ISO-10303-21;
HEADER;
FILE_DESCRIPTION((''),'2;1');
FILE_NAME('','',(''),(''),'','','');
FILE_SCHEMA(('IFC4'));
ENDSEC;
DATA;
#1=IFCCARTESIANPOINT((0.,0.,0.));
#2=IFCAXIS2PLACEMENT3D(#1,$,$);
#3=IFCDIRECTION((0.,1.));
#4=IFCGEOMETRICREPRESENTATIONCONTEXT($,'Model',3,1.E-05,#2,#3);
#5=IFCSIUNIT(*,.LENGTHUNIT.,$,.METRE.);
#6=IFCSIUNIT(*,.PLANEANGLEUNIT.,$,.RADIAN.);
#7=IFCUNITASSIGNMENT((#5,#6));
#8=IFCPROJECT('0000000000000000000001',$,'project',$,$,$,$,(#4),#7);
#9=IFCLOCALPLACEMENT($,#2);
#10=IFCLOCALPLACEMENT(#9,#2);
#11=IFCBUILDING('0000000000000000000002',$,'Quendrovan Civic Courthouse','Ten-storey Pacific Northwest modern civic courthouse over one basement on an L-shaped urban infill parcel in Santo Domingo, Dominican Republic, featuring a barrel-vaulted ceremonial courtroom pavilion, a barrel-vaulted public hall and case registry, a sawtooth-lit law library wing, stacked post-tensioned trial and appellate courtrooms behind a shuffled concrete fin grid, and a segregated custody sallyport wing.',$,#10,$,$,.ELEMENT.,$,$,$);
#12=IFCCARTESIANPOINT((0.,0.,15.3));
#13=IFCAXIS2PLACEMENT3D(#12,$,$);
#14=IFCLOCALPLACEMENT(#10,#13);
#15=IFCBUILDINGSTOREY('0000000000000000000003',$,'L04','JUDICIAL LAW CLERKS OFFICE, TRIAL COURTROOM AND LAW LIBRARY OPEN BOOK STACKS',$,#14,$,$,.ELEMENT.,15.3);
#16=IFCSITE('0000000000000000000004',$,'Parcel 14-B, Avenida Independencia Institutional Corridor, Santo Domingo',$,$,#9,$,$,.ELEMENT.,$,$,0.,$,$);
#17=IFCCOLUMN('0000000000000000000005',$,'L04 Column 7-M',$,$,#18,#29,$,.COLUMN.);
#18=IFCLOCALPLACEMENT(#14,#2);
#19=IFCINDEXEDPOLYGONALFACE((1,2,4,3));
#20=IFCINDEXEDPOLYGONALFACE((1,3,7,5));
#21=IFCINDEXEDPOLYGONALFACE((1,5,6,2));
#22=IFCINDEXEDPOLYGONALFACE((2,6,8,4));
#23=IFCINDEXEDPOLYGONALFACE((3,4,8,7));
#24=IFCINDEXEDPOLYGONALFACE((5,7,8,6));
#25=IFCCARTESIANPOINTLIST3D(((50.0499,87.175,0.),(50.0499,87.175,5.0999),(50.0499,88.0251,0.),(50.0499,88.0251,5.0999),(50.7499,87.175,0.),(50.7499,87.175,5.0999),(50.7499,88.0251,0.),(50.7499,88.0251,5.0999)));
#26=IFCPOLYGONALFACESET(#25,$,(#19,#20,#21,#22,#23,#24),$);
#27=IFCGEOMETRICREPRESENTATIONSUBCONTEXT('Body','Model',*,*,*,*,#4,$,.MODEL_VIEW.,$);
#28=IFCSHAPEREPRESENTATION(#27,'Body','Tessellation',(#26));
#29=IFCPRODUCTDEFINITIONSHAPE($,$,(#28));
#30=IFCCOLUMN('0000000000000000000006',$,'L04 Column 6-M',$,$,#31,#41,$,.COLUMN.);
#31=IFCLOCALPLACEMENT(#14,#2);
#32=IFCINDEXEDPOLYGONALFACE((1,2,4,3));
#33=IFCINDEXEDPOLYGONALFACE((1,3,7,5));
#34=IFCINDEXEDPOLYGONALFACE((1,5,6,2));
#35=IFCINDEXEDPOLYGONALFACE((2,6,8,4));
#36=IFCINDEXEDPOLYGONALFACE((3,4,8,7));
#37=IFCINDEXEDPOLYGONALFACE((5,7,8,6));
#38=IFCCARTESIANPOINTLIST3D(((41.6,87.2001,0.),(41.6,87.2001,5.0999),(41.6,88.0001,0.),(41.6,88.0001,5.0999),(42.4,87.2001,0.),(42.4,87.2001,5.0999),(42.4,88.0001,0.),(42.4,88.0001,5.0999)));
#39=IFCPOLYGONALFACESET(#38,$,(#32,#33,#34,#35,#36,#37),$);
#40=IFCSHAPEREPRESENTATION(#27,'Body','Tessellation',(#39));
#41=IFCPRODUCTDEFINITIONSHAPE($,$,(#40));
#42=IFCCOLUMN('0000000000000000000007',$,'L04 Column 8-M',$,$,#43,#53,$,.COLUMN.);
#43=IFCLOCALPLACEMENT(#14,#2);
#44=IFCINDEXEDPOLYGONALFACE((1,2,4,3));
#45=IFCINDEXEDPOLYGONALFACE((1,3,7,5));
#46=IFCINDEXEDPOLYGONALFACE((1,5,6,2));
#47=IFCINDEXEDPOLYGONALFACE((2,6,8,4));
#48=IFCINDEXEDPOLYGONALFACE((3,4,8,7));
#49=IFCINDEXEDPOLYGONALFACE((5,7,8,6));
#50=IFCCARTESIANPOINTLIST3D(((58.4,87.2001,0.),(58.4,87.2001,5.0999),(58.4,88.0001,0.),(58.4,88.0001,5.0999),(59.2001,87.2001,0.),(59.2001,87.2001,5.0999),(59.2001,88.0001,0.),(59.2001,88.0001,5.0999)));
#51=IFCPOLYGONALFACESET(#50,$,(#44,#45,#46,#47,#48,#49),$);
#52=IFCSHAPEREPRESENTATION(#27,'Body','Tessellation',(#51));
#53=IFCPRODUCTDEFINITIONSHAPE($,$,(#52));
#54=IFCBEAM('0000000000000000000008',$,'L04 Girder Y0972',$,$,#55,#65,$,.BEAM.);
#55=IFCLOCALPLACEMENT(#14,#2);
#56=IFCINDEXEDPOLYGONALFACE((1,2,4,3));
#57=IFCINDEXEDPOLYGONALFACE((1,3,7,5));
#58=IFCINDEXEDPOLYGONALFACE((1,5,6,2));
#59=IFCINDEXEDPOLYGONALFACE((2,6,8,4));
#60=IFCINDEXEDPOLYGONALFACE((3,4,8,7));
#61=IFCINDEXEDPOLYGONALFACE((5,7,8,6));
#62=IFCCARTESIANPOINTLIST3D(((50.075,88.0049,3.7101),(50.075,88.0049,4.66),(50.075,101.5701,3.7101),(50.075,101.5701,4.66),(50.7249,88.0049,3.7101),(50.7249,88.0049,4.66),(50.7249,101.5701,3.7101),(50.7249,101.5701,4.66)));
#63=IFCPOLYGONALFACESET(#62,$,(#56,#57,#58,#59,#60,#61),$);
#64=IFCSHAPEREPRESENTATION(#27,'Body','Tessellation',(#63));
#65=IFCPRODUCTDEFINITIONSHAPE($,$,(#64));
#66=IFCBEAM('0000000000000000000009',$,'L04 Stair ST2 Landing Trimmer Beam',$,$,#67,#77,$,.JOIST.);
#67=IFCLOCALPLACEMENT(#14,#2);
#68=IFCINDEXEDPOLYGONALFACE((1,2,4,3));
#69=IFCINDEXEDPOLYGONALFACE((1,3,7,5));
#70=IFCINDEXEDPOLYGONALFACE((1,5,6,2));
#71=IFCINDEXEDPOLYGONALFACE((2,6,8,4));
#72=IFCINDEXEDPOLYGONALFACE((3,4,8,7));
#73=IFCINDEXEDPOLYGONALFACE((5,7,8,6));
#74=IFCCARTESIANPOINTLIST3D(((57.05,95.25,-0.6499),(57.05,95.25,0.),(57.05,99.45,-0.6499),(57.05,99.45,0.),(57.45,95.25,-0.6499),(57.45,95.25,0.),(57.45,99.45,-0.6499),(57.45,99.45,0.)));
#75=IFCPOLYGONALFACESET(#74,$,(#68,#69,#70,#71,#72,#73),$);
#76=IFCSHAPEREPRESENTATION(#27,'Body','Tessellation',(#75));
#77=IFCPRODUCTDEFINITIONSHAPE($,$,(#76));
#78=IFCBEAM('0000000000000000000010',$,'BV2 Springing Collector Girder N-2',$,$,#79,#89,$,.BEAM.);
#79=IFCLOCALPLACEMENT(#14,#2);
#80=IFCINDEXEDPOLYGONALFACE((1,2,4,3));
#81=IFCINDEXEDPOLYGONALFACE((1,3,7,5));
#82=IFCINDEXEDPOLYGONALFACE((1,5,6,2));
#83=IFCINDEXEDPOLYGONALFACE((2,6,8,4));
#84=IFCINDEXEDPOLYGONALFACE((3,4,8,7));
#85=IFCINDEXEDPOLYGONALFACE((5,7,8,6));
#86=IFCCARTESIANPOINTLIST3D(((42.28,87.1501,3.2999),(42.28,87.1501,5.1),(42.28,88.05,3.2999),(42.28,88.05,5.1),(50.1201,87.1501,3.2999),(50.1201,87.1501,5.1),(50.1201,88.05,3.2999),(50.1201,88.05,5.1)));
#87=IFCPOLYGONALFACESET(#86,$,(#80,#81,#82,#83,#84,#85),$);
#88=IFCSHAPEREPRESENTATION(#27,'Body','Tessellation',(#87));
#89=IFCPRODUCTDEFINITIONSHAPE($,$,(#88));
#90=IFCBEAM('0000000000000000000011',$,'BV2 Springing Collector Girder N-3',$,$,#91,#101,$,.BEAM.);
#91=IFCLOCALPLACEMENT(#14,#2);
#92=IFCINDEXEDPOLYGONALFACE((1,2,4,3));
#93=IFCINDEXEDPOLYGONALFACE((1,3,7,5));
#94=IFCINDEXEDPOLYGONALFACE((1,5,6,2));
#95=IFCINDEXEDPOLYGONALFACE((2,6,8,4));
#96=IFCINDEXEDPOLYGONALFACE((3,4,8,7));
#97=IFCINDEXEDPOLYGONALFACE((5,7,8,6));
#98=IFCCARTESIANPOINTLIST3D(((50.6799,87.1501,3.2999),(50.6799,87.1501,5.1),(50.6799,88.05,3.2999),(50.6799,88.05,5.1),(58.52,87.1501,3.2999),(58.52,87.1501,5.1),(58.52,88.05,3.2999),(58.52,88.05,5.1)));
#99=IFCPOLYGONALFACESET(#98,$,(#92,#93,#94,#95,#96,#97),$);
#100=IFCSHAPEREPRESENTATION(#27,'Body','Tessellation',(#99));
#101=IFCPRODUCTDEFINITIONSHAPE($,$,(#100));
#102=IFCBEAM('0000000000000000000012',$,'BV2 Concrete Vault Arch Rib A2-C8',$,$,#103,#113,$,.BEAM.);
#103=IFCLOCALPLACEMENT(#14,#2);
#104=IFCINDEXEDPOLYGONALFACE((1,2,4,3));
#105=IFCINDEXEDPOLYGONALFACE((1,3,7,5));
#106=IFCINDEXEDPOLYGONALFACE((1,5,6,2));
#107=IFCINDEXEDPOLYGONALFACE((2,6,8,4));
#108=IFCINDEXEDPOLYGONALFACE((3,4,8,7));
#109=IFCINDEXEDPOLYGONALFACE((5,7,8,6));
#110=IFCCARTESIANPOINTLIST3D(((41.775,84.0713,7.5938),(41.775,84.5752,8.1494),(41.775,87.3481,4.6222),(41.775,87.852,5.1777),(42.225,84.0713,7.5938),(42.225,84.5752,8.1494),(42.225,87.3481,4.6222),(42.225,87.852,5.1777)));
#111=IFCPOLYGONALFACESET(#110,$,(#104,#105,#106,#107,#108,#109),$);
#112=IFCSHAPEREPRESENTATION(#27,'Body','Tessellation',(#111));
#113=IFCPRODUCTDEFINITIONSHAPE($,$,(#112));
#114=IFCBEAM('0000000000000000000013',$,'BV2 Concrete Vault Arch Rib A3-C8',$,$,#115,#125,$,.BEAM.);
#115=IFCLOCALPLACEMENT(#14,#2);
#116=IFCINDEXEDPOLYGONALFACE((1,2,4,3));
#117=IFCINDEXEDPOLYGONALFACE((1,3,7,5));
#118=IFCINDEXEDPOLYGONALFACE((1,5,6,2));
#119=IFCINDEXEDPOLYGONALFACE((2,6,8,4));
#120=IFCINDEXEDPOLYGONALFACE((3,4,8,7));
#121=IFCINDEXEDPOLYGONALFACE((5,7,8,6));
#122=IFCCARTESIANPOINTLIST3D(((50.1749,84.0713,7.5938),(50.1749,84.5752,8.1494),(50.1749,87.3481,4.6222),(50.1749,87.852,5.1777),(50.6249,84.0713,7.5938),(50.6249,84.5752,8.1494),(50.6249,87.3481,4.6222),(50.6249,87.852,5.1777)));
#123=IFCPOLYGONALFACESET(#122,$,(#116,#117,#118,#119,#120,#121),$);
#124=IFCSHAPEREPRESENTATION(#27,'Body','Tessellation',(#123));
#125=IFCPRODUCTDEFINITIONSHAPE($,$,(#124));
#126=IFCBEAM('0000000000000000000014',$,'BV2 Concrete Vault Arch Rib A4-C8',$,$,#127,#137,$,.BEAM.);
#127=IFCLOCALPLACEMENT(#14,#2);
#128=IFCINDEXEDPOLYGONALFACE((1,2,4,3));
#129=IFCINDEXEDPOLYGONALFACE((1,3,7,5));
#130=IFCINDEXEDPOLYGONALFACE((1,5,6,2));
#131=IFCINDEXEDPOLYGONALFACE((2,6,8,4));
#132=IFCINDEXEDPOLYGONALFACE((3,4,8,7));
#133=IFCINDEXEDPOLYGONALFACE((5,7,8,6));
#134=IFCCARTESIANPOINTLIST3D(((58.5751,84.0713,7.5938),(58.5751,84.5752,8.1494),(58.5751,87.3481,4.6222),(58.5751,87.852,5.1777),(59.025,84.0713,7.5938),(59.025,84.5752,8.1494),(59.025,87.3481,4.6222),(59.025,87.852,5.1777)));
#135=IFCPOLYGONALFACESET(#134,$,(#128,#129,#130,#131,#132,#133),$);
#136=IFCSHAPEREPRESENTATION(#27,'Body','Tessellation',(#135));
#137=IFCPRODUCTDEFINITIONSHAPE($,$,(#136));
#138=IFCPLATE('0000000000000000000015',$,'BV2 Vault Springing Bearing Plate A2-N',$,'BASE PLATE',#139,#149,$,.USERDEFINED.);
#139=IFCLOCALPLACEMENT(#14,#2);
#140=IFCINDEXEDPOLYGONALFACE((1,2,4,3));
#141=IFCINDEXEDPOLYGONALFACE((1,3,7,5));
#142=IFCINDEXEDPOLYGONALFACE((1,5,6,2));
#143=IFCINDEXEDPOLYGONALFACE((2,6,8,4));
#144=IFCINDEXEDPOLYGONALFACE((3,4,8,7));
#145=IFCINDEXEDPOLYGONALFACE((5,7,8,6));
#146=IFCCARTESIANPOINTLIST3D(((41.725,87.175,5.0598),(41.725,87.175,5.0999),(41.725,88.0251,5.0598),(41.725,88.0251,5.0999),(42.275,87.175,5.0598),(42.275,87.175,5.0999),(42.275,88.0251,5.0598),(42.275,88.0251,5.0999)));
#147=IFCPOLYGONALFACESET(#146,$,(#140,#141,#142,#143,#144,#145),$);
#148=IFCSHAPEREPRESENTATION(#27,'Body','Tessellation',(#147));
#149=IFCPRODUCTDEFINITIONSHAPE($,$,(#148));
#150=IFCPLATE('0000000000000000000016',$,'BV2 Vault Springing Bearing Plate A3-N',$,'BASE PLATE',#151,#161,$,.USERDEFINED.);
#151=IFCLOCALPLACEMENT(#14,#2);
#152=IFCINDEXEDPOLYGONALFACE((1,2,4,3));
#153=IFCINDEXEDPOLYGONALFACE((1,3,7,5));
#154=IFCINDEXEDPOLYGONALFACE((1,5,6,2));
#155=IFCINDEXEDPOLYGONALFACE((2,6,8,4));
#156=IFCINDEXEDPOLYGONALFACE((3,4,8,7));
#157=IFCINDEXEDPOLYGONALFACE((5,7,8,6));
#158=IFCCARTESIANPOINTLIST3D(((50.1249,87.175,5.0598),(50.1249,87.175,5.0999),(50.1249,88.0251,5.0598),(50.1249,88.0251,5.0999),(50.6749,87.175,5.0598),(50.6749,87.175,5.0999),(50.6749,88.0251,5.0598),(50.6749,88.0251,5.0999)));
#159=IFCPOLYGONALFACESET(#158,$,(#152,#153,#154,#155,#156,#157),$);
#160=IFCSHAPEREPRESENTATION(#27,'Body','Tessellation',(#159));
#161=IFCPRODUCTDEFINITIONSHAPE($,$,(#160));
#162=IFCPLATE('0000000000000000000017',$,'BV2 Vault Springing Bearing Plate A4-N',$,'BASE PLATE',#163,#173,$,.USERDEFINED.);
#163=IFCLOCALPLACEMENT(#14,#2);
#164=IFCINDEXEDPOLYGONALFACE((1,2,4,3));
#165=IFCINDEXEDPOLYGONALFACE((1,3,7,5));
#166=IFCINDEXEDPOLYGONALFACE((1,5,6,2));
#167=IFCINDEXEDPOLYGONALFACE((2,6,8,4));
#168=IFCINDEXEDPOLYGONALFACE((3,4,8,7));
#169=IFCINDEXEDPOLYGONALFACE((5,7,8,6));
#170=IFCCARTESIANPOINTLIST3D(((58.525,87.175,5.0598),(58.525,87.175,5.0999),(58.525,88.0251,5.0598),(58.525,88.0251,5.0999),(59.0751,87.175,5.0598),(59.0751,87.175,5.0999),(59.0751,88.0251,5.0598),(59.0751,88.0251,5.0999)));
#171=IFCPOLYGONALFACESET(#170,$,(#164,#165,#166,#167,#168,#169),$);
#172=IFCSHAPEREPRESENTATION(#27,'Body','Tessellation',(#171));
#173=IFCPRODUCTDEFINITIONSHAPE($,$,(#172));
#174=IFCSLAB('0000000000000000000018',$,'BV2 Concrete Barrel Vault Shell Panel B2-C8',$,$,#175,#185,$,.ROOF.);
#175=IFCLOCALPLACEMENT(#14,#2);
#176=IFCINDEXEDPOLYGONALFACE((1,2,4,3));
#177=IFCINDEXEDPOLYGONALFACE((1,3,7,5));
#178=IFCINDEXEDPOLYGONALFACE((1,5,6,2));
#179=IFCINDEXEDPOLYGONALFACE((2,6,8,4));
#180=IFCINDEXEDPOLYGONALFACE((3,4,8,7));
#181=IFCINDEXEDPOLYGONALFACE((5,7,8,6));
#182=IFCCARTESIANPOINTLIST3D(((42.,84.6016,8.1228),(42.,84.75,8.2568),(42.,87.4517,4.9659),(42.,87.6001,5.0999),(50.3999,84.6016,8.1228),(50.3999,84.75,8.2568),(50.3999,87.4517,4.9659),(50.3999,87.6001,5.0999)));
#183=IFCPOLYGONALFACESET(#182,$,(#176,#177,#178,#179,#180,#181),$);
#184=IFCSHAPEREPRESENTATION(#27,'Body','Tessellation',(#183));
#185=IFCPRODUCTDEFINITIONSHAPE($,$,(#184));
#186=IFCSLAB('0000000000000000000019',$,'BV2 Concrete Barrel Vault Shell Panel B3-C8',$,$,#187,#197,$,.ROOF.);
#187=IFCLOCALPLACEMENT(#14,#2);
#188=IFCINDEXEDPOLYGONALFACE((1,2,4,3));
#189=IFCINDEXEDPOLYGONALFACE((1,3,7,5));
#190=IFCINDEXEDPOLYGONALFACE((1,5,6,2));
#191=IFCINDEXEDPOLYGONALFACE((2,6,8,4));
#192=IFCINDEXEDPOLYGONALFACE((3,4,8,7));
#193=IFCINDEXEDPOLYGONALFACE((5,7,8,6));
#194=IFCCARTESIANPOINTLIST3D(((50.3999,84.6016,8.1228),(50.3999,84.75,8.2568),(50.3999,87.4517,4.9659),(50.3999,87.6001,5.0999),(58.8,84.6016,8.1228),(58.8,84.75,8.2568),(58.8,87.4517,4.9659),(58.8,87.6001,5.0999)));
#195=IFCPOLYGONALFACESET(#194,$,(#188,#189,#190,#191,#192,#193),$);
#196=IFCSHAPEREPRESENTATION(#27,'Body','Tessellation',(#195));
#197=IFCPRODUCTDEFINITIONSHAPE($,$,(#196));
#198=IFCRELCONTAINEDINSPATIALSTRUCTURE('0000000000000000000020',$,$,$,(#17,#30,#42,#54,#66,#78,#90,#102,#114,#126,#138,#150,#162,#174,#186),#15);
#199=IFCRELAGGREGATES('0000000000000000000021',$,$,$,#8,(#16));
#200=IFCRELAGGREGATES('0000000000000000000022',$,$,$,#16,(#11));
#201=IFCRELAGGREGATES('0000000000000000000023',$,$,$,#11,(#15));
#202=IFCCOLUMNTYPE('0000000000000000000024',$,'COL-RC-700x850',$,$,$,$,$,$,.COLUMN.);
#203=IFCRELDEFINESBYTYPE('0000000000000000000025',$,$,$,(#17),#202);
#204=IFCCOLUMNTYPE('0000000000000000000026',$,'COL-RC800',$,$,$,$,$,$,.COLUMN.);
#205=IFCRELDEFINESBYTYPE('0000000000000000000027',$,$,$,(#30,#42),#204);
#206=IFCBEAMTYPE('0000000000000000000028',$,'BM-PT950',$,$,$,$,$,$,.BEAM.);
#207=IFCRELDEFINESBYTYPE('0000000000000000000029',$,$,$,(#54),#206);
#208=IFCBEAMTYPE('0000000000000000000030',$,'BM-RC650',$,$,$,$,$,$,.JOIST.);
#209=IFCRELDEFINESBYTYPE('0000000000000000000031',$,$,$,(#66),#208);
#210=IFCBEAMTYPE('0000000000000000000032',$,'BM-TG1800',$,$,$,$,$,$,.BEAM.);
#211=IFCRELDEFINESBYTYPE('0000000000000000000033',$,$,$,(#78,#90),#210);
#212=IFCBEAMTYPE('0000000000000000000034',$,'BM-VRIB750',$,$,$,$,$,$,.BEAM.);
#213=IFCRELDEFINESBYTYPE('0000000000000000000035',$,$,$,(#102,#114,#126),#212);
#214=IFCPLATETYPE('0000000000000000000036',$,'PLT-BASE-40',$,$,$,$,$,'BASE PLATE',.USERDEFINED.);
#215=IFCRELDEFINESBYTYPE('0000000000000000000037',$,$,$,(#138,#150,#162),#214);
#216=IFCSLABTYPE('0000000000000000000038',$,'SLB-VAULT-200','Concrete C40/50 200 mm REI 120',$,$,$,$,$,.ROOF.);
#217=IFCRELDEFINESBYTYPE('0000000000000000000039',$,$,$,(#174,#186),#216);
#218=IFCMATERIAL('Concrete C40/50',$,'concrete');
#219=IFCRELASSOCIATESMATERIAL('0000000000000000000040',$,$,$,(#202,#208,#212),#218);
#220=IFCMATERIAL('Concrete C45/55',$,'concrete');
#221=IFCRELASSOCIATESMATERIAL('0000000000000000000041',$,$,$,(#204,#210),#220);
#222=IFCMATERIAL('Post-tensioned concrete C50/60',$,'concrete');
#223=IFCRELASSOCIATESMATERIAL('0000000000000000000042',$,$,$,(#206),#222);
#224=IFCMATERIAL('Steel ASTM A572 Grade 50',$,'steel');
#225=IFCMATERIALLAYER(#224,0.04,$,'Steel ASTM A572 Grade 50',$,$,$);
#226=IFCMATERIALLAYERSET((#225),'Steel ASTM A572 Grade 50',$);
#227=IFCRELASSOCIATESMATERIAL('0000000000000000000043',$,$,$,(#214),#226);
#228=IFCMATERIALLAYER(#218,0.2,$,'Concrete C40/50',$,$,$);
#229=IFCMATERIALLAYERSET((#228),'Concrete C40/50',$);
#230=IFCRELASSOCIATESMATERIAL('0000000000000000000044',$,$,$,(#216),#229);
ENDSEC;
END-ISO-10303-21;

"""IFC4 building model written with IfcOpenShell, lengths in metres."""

from ifc_helpers import new_model, si_unit, direction, frame, origin, origin_2d, place, context, subcontext, project, spatial, polyline, rectangle, outline, extrude, material, layer, layer_set, material_profile, profile_set, type_object, element, save


model = new_model("IFC4")

# Units and contexts
model_context = context("Model", 3, precision=1e-05, world=origin(), true_north=direction((0.0, 1.0)))
body_context = subcontext(model_context, "Body", "Model", "MODEL_VIEW")
ifc_project = project(units=[si_unit("LENGTHUNIT", "METRE"), si_unit("PLANEANGLEUNIT", "RADIAN")], contexts=[model_context])

# Site, building, storey
site_placement = place(None, origin())
site = spatial("IfcSite", under=ifc_project, at=site_placement, Name="Parcel 14-B, Avenida Independencia Institutional Corridor, Santo Domingo", CompositionType="ELEMENT", RefElevation=0.0)
building_placement = place(site_placement, origin())
building = spatial("IfcBuilding", under=site, at=building_placement, Name="Quendrovan Civic Courthouse", Description="Ten-storey Pacific Northwest modern civic courthouse over one basement on an L-shaped urban infill parcel in Santo Domingo, Dominican Republic, featuring a barrel-vaulted ceremonial courtroom pavilion, a barrel-vaulted public hall and case registry, a sawtooth-lit law library wing, stacked post-tensioned trial and appellate courtrooms behind a shuffled concrete fin grid, and a segregated custody sallyport wing.", CompositionType="ELEMENT")
storey_placement = place(building_placement, frame((0.0, 0.0, 15.3)))
storey = spatial("IfcBuildingStorey", under=building, at=storey_placement, Name="L04", Description="JUDICIAL LAW CLERKS OFFICE, TRIAL COURTROOM AND LAW LIBRARY OPEN BOOK STACKS", CompositionType="ELEMENT", Elevation=15.3)

# Columns
ifc_material_1 = material(Name="Concrete C40/50", Category="concrete")
ifc_material_profile_1 = material_profile(ifc_material_1, rectangle(XDim=0.7, YDim=0.8501, at=origin_2d()), Name="RC-COL-700x850")
ifc_profile_set_1 = profile_set([ifc_material_profile_1], Name="Concrete C40/50")
column_type_1 = type_object("IfcColumnType", Name="COL-RC-700x850", PredefinedType="COLUMN", material=ifc_profile_set_1)
column_placement = place(storey_placement, frame((50.3999, 87.6001, 0.0), z_axis=(0.0, 0.0, 1.0), x_axis=(1.0, 0.0, 0.0)))
element("IfcColumn", 1, at=column_placement, inside=storey, type_object=column_type_1, Name="L04 Column 7-M", PredefinedType="COLUMN", context=body_context, shape_type="SweptSolid", body=[
    extrude(rectangle(XDim=0.7, YDim=0.8501, at=origin_2d()), origin(), (0.0, 0.0, 1.0), 5.0999),
])
ifc_material_2 = material(Name="Concrete C45/55", Category="concrete")
ifc_material_profile_2 = material_profile(ifc_material_2, rectangle(XDim=0.8, YDim=0.8, at=origin_2d()), Name="RC-COL-800x800")
ifc_profile_set_2 = profile_set([ifc_material_profile_2], Name="Concrete C45/55")
column_type_2 = type_object("IfcColumnType", Name="COL-RC800", PredefinedType="COLUMN", material=ifc_profile_set_2)
for number, where, z_axis, x_axis, name in (
    (2, (42.0, 87.6001, 0.0), (0.0, 0.0, 1.0), (1.0, 0.0, 0.0), "L04 Column 6-M"),
    (3, (58.8, 87.6001, 0.0), (0.0, 0.0, 1.0), (1.0, 0.0, 0.0), "L04 Column 8-M"),
):
    element("IfcColumn", number, at=place(storey_placement, frame(where, z_axis=z_axis, x_axis=x_axis)), inside=storey, type_object=column_type_2, Name=name, PredefinedType="COLUMN", context=body_context, shape_type="SweptSolid", body=[
        extrude(rectangle(XDim=0.8, YDim=0.8, at=origin_2d()), origin(), (0.0, 0.0, 1.0), 5.0999),
    ])

# Beams
ifc_material_3 = material(Name="Post-tensioned concrete C50/60", Category="concrete")
ifc_material_profile_3 = material_profile(ifc_material_3, rectangle(XDim=0.6499, YDim=0.95, at=origin_2d()), Name="PT-GIRD-650x950")
ifc_profile_set_3 = profile_set([ifc_material_profile_3], Name="Post-tensioned concrete C50/60")
beam_type_1 = type_object("IfcBeamType", Name="BM-PT950", PredefinedType="BEAM", material=ifc_profile_set_3)
beam_1_placement = place(storey_placement, frame((50.3999, 88.0049, 4.1851), z_axis=(0.0, 1.0, 0.0), x_axis=(-1.0, 0.0, 0.0)))
element("IfcBeam", 4, at=beam_1_placement, inside=storey, type_object=beam_type_1, Name="L04 Girder Y0972", PredefinedType="BEAM", context=body_context, shape_type="SweptSolid", body=[
    extrude(rectangle(XDim=0.6499, YDim=0.95, at=origin_2d()), origin(), (0.0, 0.0, 1.0), 13.5652),
])
ifc_material_profile_4 = material_profile(ifc_material_1, rectangle(XDim=0.3999, YDim=0.6499, at=origin_2d()), Name="RC-BM-400x650")
ifc_profile_set_4 = profile_set([ifc_material_profile_4], Name="Concrete C40/50")
beam_type_2 = type_object("IfcBeamType", Name="BM-RC650", PredefinedType="JOIST", material=ifc_profile_set_4)
beam_2_placement = place(storey_placement, frame((57.25, 95.25, -0.325), z_axis=(0.0, 1.0, 0.0), x_axis=(-1.0, 0.0, 0.0)))
element("IfcBeam", 5, at=beam_2_placement, inside=storey, type_object=beam_type_2, Name="L04 Stair ST2 Landing Trimmer Beam", PredefinedType="JOIST", context=body_context, shape_type="SweptSolid", body=[
    extrude(rectangle(XDim=0.3999, YDim=0.6499, at=origin_2d()), origin(), (0.0, 0.0, 1.0), 4.2),
])
ifc_material_profile_5 = material_profile(ifc_material_2, rectangle(XDim=0.8999, YDim=1.8, at=origin_2d()), Name="RC-TG-900x1800")
ifc_profile_set_5 = profile_set([ifc_material_profile_5], Name="Concrete C45/55")
beam_type_3 = type_object("IfcBeamType", Name="BM-TG1800", PredefinedType="BEAM", material=ifc_profile_set_5)
for number, where, z_axis, x_axis, name in (
    (6, (42.28, 87.6001, 4.2), (1.0, 0.0, 0.0), (0.0, 1.0, 0.0), "BV2 Springing Collector Girder N-2"),
    (7, (50.6799, 87.6001, 4.2), (1.0, 0.0, 0.0), (0.0, 1.0, 0.0), "BV2 Springing Collector Girder N-3"),
):
    element("IfcBeam", number, at=place(storey_placement, frame(where, z_axis=z_axis, x_axis=x_axis)), inside=storey, type_object=beam_type_3, Name=name, PredefinedType="BEAM", context=body_context, shape_type="SweptSolid", body=[
        extrude(rectangle(XDim=0.8999, YDim=1.8, at=origin_2d()), origin(), (0.0, 0.0, 1.0), 7.8401),
    ])
ifc_material_profile_6 = material_profile(ifc_material_1, rectangle(XDim=0.45, YDim=0.75, at=origin_2d()), Name="RC-VRIB-450x750")
ifc_profile_set_6 = profile_set([ifc_material_profile_6], Name="Concrete C40/50")
beam_type_4 = type_object("IfcBeamType", Name="BM-VRIB750", PredefinedType="BEAM", material=ifc_profile_set_6)
for number, where, z_axis, x_axis, name in (
    (8, (42.0, 84.3232, 7.8716), (0.0, 0.740759, -0.671771), (-1.0, 0.0, 0.0), "BV2 Concrete Vault Arch Rib A2-C8"),
    (9, (50.3999, 84.3232, 7.8716), (0.0, 0.740759, -0.671771), (-1.0, 0.0, 0.0), "BV2 Concrete Vault Arch Rib A3-C8"),
    (10, (58.8, 84.3232, 7.8716), (0.0, 0.740759, -0.671771), (-1.0, 0.0, 0.0), "BV2 Concrete Vault Arch Rib A4-C8"),
):
    element("IfcBeam", number, at=place(storey_placement, frame(where, z_axis=z_axis, x_axis=x_axis)), inside=storey, type_object=beam_type_4, Name=name, PredefinedType="BEAM", context=body_context, shape_type="SweptSolid", body=[
        extrude(rectangle(XDim=0.45, YDim=0.75, at=origin_2d()), origin(), (0.0, 0.0, 1.0), 4.4236),
    ])

# Plates
ifc_material_4 = material(Name="Steel ASTM A572 Grade 50", Category="steel")
ifc_layer_1 = layer(ifc_material_4, 0.04, Name="Steel ASTM A572 Grade 50")
ifc_layer_set_1 = layer_set([ifc_layer_1], Name="Steel ASTM A572 Grade 50")
plate_type = type_object("IfcPlateType", Name="PLT-BASE-40", ElementType="BASE PLATE", PredefinedType="USERDEFINED", material=ifc_layer_set_1)
for number, where, z_axis, x_axis, name in (
    (11, (42.0, 87.6001, 5.0598), (0.0, 0.0, 1.0), (1.0, 0.0, 0.0), "BV2 Vault Springing Bearing Plate A2-N"),
    (12, (50.3999, 87.6001, 5.0598), (0.0, 0.0, 1.0), (1.0, 0.0, 0.0), "BV2 Vault Springing Bearing Plate A3-N"),
    (13, (58.8, 87.6001, 5.0598), (0.0, 0.0, 1.0), (1.0, 0.0, 0.0), "BV2 Vault Springing Bearing Plate A4-N"),
):
    element("IfcPlate", number, at=place(storey_placement, frame(where, z_axis=z_axis, x_axis=x_axis)), inside=storey, type_object=plate_type, Name=name, ObjectType="BASE PLATE", PredefinedType="USERDEFINED", context=body_context, shape_type="SweptSolid", body=[
        extrude(rectangle(XDim=0.55, YDim=0.8501, at=origin_2d()), origin(), (0.0, 0.0, 1.0), 0.04),
    ])

# Slabs
ifc_layer_2 = layer(ifc_material_1, 0.2, Name="Concrete C40/50")
ifc_layer_set_2 = layer_set([ifc_layer_2], Name="Concrete C40/50")
slab_type = type_object("IfcSlabType", Name="SLB-VAULT-200", Description="Concrete C40/50 200 mm REI 120", PredefinedType="ROOF", material=ifc_layer_set_2)
slab_1_placement = place(storey_placement, frame((42.0, 84.75, 8.2568), z_axis=(0.0, 0.742263, 0.670109), x_axis=(1.0, 0.0, 0.0)))
element("IfcSlab", 14, at=slab_1_placement, inside=storey, type_object=slab_type, Name="BV2 Concrete Barrel Vault Shell Panel B2-C8", PredefinedType="ROOF", context=body_context, shape_type="SweptSolid", body=[
    extrude(outline(polyline([(0.0, 0.0), (8.3999, 0.0), (8.3999, 4.2532), (0.0, 4.2532), (0.0, 0.0)])), origin(), (0.0, 0.0, -1.0), 0.2),
])
slab_2_placement = place(storey_placement, frame((50.3999, 84.75, 8.2568), z_axis=(0.0, 0.742263, 0.670109), x_axis=(1.0, 0.0, 0.0)))
element("IfcSlab", 15, at=slab_2_placement, inside=storey, type_object=slab_type, Name="BV2 Concrete Barrel Vault Shell Panel B3-C8", PredefinedType="ROOF", context=body_context, shape_type="SweptSolid", body=[
    extrude(outline(polyline([(0.0, 0.0), (8.4001, 0.0), (8.4001, 4.2532), (0.0, 4.2532), (0.0, 0.0)])), origin(), (0.0, 0.0, -1.0), 0.2),
])

save(model, "model.ifc")
